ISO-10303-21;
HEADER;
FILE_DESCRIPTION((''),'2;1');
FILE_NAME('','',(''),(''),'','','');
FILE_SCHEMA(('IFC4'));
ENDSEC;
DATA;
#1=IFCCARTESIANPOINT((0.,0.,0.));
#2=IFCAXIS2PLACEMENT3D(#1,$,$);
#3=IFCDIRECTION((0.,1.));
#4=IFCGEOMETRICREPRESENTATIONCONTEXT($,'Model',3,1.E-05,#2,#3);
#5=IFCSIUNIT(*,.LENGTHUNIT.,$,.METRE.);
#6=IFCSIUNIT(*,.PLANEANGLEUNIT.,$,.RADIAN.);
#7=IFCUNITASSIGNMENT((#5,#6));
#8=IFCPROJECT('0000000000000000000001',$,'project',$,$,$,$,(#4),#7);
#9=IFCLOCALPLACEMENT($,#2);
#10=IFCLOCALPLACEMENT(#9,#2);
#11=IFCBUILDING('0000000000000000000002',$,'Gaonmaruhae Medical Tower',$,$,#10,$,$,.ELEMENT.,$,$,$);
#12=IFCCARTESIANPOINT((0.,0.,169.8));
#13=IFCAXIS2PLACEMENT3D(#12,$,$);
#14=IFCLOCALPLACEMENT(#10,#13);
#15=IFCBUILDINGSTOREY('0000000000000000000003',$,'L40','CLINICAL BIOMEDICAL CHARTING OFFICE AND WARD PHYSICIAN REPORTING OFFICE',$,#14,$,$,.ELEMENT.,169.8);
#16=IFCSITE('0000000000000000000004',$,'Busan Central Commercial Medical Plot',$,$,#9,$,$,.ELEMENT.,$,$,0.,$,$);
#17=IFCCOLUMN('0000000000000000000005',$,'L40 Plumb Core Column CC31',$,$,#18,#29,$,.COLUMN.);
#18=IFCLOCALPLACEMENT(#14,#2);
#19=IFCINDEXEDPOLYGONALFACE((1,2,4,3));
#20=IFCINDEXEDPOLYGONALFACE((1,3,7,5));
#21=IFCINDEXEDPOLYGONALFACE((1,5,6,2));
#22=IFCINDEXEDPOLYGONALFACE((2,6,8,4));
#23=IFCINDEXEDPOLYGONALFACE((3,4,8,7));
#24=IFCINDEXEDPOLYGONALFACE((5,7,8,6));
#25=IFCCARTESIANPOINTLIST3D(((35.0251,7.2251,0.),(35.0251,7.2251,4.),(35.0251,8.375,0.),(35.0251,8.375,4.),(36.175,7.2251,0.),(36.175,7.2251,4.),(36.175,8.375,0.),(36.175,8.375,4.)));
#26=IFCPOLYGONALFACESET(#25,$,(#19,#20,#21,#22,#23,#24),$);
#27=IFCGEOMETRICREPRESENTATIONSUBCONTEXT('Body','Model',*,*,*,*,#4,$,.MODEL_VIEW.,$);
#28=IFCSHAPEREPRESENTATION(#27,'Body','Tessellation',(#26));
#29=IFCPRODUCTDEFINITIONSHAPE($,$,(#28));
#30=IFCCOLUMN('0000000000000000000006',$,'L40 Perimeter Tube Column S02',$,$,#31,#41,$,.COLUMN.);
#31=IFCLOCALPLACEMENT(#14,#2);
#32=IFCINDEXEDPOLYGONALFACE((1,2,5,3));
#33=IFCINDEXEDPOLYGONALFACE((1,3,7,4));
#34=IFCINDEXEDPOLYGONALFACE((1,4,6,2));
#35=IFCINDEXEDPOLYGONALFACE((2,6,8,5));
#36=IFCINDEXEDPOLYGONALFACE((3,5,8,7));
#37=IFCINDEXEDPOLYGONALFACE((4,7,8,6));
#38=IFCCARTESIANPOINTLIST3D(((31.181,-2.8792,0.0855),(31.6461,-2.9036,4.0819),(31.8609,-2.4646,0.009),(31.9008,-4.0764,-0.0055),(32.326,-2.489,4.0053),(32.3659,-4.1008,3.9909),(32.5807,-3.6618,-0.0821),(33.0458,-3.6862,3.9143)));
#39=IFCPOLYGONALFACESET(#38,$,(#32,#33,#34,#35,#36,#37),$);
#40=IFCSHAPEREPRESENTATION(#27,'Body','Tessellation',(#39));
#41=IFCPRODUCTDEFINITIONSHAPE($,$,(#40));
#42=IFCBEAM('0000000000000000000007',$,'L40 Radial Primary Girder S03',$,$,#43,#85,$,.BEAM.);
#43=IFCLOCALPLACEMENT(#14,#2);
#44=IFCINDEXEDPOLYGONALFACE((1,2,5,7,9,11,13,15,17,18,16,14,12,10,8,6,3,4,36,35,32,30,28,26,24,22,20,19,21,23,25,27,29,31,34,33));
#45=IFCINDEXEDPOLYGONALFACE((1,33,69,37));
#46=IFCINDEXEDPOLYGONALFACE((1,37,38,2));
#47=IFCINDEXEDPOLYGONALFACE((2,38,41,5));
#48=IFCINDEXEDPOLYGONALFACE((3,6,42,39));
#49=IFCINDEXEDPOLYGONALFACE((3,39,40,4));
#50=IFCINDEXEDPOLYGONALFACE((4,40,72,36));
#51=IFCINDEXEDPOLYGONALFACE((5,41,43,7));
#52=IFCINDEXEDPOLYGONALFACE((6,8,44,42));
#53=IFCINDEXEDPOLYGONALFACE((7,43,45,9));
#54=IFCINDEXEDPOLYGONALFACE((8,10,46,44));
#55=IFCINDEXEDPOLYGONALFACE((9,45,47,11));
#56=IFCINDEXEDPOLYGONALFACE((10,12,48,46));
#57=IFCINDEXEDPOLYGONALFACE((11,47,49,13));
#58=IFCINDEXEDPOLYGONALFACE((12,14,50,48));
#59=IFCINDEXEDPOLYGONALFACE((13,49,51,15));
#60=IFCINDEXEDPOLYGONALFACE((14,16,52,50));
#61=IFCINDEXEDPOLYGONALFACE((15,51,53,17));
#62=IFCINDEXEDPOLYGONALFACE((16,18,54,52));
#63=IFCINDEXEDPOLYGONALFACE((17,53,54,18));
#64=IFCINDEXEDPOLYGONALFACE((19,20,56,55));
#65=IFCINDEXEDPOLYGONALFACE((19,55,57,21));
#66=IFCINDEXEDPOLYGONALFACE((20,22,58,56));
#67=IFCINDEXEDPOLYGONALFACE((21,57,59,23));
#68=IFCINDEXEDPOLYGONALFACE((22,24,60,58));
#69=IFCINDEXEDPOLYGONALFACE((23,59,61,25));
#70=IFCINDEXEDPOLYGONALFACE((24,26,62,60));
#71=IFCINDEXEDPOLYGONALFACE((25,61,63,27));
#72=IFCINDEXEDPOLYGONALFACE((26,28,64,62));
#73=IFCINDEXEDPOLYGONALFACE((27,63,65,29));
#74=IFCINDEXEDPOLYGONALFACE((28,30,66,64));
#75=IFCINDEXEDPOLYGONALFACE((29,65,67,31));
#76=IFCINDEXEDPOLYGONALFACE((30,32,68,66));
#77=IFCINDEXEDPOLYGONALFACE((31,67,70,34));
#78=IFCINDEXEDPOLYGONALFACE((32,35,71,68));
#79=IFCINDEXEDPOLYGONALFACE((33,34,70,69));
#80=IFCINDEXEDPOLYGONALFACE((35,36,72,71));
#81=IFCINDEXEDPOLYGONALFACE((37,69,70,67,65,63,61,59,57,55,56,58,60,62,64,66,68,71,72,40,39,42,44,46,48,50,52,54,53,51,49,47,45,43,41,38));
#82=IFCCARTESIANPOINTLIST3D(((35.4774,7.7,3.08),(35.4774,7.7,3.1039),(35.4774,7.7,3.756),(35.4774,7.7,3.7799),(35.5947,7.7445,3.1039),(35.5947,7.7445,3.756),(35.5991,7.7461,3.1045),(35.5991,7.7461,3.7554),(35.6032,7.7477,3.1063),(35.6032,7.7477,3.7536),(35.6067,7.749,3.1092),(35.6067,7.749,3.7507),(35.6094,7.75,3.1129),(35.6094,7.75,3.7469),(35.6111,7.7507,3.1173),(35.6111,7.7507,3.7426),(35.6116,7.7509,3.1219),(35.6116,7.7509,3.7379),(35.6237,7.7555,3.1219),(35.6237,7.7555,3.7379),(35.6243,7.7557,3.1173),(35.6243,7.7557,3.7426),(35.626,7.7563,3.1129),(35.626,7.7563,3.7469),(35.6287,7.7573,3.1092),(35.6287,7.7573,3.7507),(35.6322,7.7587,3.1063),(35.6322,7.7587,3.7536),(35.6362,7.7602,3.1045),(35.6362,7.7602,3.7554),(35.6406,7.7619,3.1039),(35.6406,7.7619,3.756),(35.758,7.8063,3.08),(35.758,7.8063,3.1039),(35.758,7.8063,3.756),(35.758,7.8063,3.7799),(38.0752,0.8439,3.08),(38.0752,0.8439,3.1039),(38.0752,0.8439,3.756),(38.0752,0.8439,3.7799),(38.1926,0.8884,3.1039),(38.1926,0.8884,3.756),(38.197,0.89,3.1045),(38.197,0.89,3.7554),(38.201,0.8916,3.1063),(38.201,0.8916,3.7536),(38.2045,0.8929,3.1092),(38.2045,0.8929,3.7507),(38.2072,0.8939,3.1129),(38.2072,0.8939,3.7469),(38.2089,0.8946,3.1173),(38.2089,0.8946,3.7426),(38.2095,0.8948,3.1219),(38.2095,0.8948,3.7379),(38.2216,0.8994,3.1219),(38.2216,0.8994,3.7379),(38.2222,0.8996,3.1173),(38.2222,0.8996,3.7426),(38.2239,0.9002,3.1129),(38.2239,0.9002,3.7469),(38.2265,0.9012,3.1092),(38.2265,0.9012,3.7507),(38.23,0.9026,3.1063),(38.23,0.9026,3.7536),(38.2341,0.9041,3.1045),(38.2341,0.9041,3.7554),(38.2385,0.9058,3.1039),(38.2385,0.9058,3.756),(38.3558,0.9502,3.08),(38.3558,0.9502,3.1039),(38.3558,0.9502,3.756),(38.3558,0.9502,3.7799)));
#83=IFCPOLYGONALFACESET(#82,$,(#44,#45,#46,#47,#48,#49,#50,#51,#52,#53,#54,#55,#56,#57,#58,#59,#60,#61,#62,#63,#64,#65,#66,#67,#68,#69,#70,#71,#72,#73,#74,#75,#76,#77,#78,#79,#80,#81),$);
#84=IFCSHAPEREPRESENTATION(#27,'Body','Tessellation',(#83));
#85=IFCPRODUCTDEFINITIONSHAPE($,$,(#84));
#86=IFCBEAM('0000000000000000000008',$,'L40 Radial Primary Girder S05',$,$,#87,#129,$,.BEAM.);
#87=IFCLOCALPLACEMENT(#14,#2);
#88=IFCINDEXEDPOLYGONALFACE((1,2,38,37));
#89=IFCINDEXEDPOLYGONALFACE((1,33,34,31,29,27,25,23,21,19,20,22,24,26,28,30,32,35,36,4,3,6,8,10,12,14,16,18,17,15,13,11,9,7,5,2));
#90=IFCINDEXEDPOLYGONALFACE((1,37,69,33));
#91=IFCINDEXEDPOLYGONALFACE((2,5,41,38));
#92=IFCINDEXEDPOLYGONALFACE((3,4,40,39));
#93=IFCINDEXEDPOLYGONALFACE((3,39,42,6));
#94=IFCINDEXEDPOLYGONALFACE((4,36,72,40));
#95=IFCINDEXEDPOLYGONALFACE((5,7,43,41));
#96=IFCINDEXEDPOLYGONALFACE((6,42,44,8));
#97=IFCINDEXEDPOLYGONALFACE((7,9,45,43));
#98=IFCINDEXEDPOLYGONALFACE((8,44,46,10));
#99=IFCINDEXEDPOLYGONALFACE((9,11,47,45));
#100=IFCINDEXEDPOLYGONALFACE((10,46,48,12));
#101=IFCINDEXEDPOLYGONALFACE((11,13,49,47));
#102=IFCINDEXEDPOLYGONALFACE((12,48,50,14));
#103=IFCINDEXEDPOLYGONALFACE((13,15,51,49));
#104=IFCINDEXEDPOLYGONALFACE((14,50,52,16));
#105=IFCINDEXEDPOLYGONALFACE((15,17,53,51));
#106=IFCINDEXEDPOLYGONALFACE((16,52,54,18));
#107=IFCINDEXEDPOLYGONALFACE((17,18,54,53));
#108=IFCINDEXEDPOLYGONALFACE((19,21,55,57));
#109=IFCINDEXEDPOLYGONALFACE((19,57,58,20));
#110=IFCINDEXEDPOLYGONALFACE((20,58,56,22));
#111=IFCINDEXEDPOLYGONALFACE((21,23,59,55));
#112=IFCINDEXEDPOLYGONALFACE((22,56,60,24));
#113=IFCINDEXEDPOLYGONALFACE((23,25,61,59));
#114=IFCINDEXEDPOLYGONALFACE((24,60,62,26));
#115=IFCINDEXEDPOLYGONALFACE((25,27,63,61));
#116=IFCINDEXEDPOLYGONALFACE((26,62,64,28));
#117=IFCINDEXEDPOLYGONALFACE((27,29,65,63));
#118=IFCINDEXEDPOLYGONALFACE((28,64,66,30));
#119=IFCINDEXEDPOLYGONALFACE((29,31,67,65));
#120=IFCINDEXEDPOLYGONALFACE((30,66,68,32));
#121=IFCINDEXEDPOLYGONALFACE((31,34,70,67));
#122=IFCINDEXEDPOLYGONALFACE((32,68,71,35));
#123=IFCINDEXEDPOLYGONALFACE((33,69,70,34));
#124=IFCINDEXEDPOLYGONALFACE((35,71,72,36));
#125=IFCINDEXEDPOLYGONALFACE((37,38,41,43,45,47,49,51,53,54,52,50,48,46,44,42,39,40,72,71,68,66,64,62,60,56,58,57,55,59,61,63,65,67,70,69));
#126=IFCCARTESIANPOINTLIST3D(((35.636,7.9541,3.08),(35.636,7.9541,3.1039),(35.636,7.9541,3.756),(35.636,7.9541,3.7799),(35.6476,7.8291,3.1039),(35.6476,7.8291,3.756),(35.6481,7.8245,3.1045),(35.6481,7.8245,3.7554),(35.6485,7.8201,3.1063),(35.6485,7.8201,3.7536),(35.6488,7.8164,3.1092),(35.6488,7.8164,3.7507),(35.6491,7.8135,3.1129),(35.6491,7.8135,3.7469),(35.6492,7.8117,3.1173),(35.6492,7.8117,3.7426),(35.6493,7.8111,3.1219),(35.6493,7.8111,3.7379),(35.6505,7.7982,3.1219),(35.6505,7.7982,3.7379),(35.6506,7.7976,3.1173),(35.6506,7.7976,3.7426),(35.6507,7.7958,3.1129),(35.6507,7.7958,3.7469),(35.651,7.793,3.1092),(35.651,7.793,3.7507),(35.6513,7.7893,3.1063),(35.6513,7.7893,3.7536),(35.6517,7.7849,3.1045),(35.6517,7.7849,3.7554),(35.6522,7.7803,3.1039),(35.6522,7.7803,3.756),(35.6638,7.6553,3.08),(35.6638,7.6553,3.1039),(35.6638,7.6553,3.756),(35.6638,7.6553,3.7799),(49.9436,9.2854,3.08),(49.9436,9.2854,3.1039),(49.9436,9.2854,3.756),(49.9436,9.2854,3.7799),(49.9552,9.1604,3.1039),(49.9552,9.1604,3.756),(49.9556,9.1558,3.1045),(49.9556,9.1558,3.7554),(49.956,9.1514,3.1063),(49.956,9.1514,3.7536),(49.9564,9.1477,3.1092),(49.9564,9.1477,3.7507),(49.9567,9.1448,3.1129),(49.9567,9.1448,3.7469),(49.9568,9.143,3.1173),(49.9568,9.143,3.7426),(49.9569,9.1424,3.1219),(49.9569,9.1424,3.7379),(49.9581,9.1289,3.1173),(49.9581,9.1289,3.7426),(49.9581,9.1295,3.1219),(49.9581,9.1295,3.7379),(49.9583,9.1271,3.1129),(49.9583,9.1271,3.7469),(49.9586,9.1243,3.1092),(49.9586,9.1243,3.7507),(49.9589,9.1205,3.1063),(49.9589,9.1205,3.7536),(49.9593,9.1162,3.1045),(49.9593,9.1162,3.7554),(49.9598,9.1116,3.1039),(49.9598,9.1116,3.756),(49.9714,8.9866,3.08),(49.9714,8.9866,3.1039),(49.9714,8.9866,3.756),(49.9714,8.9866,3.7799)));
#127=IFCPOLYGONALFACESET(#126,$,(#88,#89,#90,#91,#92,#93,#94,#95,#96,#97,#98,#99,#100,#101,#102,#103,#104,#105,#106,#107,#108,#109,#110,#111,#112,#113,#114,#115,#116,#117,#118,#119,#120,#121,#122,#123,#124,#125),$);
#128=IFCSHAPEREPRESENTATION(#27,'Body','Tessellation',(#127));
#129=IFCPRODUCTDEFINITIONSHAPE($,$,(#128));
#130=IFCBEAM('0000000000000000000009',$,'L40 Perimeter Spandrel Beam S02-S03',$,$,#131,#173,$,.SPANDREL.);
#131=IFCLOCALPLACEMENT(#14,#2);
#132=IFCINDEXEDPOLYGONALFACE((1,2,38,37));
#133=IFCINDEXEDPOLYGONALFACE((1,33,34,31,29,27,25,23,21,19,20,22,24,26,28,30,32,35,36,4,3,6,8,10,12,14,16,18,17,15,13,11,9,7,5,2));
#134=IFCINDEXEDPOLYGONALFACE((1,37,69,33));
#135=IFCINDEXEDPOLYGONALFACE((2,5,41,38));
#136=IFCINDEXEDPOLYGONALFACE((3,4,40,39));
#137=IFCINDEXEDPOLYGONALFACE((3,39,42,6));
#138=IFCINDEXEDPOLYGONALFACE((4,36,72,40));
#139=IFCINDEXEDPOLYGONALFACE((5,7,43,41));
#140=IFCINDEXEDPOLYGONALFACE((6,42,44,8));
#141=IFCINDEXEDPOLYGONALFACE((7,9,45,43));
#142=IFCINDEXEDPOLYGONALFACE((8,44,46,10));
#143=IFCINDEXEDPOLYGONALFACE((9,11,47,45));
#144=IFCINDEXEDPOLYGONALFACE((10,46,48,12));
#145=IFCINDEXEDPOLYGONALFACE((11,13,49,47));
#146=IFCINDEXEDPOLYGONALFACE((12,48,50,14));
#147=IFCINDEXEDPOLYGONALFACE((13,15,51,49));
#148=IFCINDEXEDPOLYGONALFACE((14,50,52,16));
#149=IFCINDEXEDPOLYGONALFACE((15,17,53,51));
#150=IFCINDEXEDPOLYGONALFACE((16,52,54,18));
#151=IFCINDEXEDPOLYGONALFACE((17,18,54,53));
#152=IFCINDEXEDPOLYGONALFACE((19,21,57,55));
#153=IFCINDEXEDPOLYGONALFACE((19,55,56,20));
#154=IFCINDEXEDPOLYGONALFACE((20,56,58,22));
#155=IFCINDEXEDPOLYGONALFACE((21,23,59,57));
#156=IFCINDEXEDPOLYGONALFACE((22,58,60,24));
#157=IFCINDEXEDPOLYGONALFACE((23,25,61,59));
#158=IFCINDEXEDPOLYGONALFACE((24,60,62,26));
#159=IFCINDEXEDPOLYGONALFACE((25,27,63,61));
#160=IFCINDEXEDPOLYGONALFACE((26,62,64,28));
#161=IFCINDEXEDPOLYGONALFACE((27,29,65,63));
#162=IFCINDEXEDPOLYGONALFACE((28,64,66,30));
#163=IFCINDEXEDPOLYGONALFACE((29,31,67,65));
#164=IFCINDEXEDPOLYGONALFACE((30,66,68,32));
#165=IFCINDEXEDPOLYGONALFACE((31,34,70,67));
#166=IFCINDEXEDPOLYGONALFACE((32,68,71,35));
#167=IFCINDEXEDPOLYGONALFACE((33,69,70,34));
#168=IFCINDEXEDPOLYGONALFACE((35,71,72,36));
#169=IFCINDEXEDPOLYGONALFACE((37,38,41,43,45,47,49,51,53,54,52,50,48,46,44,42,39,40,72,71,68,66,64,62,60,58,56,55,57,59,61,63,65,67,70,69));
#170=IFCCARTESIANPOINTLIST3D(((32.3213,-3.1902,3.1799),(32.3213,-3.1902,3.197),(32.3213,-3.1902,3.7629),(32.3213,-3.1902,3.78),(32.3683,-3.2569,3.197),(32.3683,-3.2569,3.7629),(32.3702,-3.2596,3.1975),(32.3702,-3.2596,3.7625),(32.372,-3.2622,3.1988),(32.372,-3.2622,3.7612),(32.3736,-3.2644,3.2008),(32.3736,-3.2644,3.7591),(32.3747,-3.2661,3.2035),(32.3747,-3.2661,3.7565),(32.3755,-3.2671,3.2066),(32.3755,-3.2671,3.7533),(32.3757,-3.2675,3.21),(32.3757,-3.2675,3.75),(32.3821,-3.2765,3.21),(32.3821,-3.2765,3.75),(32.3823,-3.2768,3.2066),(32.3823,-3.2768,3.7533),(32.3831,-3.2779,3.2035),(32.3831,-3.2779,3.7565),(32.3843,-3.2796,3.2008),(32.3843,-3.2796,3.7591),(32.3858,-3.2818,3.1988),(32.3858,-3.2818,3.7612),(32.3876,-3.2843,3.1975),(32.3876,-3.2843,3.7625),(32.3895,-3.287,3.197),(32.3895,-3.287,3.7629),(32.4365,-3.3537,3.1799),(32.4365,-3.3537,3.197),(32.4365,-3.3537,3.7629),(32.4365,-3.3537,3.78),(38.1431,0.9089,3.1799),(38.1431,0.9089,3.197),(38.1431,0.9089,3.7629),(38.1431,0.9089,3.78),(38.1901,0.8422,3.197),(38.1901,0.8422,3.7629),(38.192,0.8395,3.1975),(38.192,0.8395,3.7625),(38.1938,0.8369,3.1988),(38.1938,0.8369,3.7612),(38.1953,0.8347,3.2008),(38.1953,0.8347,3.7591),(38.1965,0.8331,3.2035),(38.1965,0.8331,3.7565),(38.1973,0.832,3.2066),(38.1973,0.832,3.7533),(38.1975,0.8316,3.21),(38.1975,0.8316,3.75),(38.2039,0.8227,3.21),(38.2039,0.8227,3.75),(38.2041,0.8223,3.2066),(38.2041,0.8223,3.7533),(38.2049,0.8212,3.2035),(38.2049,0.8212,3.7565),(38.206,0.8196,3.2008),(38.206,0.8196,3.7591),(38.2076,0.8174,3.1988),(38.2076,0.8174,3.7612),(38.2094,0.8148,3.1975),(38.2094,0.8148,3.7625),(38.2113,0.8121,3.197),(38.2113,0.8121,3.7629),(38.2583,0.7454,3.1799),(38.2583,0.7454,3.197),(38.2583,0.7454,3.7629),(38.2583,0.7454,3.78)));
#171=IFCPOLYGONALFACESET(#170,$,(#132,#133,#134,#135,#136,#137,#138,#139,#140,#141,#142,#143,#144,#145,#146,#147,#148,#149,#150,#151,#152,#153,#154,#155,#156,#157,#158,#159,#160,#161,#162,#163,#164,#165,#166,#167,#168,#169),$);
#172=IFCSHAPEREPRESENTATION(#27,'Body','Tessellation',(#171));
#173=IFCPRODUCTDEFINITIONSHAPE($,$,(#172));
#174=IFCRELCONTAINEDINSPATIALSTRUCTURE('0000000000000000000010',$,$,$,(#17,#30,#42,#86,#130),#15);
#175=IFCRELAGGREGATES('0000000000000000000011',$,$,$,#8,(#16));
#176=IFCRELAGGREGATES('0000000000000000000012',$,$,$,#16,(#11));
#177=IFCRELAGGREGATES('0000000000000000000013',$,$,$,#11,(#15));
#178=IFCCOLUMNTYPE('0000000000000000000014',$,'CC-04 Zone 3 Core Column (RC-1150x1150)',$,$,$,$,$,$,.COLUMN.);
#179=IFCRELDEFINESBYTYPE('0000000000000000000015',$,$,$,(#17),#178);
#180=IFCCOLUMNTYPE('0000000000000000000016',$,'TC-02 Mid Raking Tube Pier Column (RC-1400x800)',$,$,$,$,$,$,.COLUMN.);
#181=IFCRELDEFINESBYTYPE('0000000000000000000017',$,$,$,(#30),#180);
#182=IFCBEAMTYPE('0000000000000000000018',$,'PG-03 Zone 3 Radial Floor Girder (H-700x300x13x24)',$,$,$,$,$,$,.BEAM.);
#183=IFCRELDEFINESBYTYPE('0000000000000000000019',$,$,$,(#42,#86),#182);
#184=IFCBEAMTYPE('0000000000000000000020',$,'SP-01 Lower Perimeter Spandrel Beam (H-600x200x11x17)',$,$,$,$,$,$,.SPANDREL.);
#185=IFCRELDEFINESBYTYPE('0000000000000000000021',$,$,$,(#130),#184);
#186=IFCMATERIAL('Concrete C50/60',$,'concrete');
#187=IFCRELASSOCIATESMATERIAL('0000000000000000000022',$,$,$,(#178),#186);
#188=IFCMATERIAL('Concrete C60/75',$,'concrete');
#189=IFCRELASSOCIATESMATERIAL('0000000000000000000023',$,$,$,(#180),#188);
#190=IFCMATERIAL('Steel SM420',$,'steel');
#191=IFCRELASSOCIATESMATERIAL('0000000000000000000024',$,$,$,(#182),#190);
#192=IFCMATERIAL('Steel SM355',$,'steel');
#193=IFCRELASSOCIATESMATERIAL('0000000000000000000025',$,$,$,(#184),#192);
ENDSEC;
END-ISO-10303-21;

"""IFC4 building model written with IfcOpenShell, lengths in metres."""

from ifc_helpers import new_model, si_unit, direction, frame, origin, origin_2d, place, context, subcontext, project, spatial, rectangle, i_section, extrude, material, material_profile, profile_set, type_object, element, save


model = new_model("IFC4")

# Units and contexts
model_context = context("Model", 3, precision=1e-05, world=origin(), true_north=direction((0.0, 1.0)))
body_context = subcontext(model_context, "Body", "Model", "MODEL_VIEW")
ifc_project = project(units=[si_unit("LENGTHUNIT", "METRE"), si_unit("PLANEANGLEUNIT", "RADIAN")], contexts=[model_context])

# Site, building, storey
site_placement = place(None, origin())
site = spatial("IfcSite", under=ifc_project, at=site_placement, Name="Busan Central Commercial Medical Plot", CompositionType="ELEMENT", RefElevation=0.0)
building_placement = place(site_placement, origin())
building = spatial("IfcBuilding", under=site, at=building_placement, Name="Gaonmaruhae Medical Tower", CompositionType="ELEMENT")
storey_placement = place(building_placement, frame((0.0, 0.0, 169.8)))
storey = spatial("IfcBuildingStorey", under=building, at=storey_placement, Name="L40", Description="CLINICAL BIOMEDICAL CHARTING OFFICE AND WARD PHYSICIAN REPORTING OFFICE", CompositionType="ELEMENT", Elevation=169.8)

# Columns
ifc_material_1 = material(Name="Concrete C50/60", Category="concrete")
ifc_material_profile_1 = material_profile(ifc_material_1, rectangle(XDim=1.1499, YDim=1.1499, at=origin_2d()), Name="RC-1150x1150")
ifc_profile_set_1 = profile_set([ifc_material_profile_1], Name="Concrete C50/60")
column_type_1 = type_object("IfcColumnType", Name="CC-04 Zone 3 Core Column (RC-1150x1150)", PredefinedType="COLUMN", material=ifc_profile_set_1)
column_1_placement = place(storey_placement, frame((35.6001, 7.8, 0.0), z_axis=(0.0, 0.0, 1.0), x_axis=(1.0, 0.0, 0.0)))
element("IfcColumn", 1, at=column_1_placement, inside=storey, type_object=column_type_1, Name="L40 Plumb Core Column CC31", PredefinedType="COLUMN", context=body_context, shape_type="SweptSolid", body=[
    extrude(rectangle(XDim=1.1499, YDim=1.1499, at=origin_2d()), origin(), (0.0, 0.0, 1.0), 4.0),
])
ifc_material_2 = material(Name="Concrete C60/75", Category="concrete")
ifc_material_profile_2 = material_profile(ifc_material_2, rectangle(XDim=1.3999, YDim=0.8, at=origin_2d()), Name="RC-1400x800")
ifc_profile_set_2 = profile_set([ifc_material_profile_2], Name="Concrete C60/75")
column_type_2 = type_object("IfcColumnType", Name="TC-02 Mid Raking Tube Pier Column (RC-1400x800)", PredefinedType="COLUMN", material=ifc_profile_set_2)
column_2_placement = place(storey_placement, frame((31.8809, -3.2705, 0.0017), z_axis=(0.115596, -0.006068, 0.993278), x_axis=(-0.514181, 0.85521, 0.065064)))
element("IfcColumn", 2, at=column_2_placement, inside=storey, type_object=column_type_2, Name="L40 Perimeter Tube Column S02", PredefinedType="COLUMN", context=body_context, shape_type="SweptSolid", body=[
    extrude(rectangle(XDim=1.3999, YDim=0.8, at=origin_2d()), origin(), (0.0, 0.0, 1.0), 4.0234),
])

# Beams
ifc_material_3 = material(Name="Steel SM420", Category="steel")
ifc_material_profile_3 = material_profile(ifc_material_3, i_section(OverallWidth=0.3, OverallDepth=0.7, WebThickness=0.0129, FlangeThickness=0.0239, FilletRadius=0.0181, at=origin_2d()), Name="H-700x300x13x24")
ifc_profile_set_3 = profile_set([ifc_material_profile_3], Name="Steel SM420")
beam_type_1 = type_object("IfcBeamType", Name="PG-03 Zone 3 Radial Floor Girder (H-700x300x13x24)", PredefinedType="BEAM", material=ifc_profile_set_3)
beam_1_placement = place(storey_placement, frame((35.6177, 7.7532, 3.4299), z_axis=(0.354329, -0.935121, 0.0), x_axis=(0.935121, 0.354329, 0.0)))
element("IfcBeam", 3, at=beam_1_placement, inside=storey, type_object=beam_type_1, Name="L40 Radial Primary Girder S03", PredefinedType="BEAM", context=body_context, shape_type="SweptSolid", body=[
    extrude(i_section(OverallWidth=0.3, OverallDepth=0.7, WebThickness=0.0129, FlangeThickness=0.0239, FilletRadius=0.0181, at=origin_2d()), origin(), (0.0, 0.0, 1.0), 7.3318),
])
beam_2_placement = place(storey_placement, frame((35.6499, 7.8047, 3.4299), z_axis=(0.995699, 0.092648, 0.0), x_axis=(-0.092648, 0.995699, 0.0)))
element("IfcBeam", 4, at=beam_2_placement, inside=storey, type_object=beam_type_1, Name="L40 Radial Primary Girder S05", PredefinedType="BEAM", context=body_context, shape_type="SweptSolid", body=[
    extrude(i_section(OverallWidth=0.3, OverallDepth=0.7, WebThickness=0.0129, FlangeThickness=0.0239, FilletRadius=0.0181, at=origin_2d()), origin(), (0.0, 0.0, 1.0), 14.3694),
])
ifc_material_4 = material(Name="Steel SM355", Category="steel")
ifc_material_profile_4 = material_profile(ifc_material_4, i_section(OverallWidth=0.2, OverallDepth=0.6001, WebThickness=0.011, FlangeThickness=0.0171, FilletRadius=0.0129, at=origin_2d()), Name="H-600x200x11x17")
ifc_profile_set_4 = profile_set([ifc_material_profile_4], Name="Steel SM355")
beam_type_2 = type_object("IfcBeamType", Name="SP-01 Lower Perimeter Spandrel Beam (H-600x200x11x17)", PredefinedType="SPANDREL", material=ifc_profile_set_4)
beam_3_placement = place(storey_placement, frame((32.3789, -3.272, 3.48), z_axis=(0.817653, 0.575711, 0.0), x_axis=(-0.575711, 0.817653, 0.0)))
element("IfcBeam", 5, at=beam_3_placement, inside=storey, type_object=beam_type_2, Name="L40 Perimeter Spandrel Beam S02-S03", PredefinedType="SPANDREL", context=body_context, shape_type="SweptSolid", body=[
    extrude(i_section(OverallWidth=0.2, OverallDepth=0.6001, WebThickness=0.011, FlangeThickness=0.0171, FilletRadius=0.0129, at=origin_2d()), origin(), (0.0, 0.0, 1.0), 7.1201),
])

save(model, "model.ifc")
